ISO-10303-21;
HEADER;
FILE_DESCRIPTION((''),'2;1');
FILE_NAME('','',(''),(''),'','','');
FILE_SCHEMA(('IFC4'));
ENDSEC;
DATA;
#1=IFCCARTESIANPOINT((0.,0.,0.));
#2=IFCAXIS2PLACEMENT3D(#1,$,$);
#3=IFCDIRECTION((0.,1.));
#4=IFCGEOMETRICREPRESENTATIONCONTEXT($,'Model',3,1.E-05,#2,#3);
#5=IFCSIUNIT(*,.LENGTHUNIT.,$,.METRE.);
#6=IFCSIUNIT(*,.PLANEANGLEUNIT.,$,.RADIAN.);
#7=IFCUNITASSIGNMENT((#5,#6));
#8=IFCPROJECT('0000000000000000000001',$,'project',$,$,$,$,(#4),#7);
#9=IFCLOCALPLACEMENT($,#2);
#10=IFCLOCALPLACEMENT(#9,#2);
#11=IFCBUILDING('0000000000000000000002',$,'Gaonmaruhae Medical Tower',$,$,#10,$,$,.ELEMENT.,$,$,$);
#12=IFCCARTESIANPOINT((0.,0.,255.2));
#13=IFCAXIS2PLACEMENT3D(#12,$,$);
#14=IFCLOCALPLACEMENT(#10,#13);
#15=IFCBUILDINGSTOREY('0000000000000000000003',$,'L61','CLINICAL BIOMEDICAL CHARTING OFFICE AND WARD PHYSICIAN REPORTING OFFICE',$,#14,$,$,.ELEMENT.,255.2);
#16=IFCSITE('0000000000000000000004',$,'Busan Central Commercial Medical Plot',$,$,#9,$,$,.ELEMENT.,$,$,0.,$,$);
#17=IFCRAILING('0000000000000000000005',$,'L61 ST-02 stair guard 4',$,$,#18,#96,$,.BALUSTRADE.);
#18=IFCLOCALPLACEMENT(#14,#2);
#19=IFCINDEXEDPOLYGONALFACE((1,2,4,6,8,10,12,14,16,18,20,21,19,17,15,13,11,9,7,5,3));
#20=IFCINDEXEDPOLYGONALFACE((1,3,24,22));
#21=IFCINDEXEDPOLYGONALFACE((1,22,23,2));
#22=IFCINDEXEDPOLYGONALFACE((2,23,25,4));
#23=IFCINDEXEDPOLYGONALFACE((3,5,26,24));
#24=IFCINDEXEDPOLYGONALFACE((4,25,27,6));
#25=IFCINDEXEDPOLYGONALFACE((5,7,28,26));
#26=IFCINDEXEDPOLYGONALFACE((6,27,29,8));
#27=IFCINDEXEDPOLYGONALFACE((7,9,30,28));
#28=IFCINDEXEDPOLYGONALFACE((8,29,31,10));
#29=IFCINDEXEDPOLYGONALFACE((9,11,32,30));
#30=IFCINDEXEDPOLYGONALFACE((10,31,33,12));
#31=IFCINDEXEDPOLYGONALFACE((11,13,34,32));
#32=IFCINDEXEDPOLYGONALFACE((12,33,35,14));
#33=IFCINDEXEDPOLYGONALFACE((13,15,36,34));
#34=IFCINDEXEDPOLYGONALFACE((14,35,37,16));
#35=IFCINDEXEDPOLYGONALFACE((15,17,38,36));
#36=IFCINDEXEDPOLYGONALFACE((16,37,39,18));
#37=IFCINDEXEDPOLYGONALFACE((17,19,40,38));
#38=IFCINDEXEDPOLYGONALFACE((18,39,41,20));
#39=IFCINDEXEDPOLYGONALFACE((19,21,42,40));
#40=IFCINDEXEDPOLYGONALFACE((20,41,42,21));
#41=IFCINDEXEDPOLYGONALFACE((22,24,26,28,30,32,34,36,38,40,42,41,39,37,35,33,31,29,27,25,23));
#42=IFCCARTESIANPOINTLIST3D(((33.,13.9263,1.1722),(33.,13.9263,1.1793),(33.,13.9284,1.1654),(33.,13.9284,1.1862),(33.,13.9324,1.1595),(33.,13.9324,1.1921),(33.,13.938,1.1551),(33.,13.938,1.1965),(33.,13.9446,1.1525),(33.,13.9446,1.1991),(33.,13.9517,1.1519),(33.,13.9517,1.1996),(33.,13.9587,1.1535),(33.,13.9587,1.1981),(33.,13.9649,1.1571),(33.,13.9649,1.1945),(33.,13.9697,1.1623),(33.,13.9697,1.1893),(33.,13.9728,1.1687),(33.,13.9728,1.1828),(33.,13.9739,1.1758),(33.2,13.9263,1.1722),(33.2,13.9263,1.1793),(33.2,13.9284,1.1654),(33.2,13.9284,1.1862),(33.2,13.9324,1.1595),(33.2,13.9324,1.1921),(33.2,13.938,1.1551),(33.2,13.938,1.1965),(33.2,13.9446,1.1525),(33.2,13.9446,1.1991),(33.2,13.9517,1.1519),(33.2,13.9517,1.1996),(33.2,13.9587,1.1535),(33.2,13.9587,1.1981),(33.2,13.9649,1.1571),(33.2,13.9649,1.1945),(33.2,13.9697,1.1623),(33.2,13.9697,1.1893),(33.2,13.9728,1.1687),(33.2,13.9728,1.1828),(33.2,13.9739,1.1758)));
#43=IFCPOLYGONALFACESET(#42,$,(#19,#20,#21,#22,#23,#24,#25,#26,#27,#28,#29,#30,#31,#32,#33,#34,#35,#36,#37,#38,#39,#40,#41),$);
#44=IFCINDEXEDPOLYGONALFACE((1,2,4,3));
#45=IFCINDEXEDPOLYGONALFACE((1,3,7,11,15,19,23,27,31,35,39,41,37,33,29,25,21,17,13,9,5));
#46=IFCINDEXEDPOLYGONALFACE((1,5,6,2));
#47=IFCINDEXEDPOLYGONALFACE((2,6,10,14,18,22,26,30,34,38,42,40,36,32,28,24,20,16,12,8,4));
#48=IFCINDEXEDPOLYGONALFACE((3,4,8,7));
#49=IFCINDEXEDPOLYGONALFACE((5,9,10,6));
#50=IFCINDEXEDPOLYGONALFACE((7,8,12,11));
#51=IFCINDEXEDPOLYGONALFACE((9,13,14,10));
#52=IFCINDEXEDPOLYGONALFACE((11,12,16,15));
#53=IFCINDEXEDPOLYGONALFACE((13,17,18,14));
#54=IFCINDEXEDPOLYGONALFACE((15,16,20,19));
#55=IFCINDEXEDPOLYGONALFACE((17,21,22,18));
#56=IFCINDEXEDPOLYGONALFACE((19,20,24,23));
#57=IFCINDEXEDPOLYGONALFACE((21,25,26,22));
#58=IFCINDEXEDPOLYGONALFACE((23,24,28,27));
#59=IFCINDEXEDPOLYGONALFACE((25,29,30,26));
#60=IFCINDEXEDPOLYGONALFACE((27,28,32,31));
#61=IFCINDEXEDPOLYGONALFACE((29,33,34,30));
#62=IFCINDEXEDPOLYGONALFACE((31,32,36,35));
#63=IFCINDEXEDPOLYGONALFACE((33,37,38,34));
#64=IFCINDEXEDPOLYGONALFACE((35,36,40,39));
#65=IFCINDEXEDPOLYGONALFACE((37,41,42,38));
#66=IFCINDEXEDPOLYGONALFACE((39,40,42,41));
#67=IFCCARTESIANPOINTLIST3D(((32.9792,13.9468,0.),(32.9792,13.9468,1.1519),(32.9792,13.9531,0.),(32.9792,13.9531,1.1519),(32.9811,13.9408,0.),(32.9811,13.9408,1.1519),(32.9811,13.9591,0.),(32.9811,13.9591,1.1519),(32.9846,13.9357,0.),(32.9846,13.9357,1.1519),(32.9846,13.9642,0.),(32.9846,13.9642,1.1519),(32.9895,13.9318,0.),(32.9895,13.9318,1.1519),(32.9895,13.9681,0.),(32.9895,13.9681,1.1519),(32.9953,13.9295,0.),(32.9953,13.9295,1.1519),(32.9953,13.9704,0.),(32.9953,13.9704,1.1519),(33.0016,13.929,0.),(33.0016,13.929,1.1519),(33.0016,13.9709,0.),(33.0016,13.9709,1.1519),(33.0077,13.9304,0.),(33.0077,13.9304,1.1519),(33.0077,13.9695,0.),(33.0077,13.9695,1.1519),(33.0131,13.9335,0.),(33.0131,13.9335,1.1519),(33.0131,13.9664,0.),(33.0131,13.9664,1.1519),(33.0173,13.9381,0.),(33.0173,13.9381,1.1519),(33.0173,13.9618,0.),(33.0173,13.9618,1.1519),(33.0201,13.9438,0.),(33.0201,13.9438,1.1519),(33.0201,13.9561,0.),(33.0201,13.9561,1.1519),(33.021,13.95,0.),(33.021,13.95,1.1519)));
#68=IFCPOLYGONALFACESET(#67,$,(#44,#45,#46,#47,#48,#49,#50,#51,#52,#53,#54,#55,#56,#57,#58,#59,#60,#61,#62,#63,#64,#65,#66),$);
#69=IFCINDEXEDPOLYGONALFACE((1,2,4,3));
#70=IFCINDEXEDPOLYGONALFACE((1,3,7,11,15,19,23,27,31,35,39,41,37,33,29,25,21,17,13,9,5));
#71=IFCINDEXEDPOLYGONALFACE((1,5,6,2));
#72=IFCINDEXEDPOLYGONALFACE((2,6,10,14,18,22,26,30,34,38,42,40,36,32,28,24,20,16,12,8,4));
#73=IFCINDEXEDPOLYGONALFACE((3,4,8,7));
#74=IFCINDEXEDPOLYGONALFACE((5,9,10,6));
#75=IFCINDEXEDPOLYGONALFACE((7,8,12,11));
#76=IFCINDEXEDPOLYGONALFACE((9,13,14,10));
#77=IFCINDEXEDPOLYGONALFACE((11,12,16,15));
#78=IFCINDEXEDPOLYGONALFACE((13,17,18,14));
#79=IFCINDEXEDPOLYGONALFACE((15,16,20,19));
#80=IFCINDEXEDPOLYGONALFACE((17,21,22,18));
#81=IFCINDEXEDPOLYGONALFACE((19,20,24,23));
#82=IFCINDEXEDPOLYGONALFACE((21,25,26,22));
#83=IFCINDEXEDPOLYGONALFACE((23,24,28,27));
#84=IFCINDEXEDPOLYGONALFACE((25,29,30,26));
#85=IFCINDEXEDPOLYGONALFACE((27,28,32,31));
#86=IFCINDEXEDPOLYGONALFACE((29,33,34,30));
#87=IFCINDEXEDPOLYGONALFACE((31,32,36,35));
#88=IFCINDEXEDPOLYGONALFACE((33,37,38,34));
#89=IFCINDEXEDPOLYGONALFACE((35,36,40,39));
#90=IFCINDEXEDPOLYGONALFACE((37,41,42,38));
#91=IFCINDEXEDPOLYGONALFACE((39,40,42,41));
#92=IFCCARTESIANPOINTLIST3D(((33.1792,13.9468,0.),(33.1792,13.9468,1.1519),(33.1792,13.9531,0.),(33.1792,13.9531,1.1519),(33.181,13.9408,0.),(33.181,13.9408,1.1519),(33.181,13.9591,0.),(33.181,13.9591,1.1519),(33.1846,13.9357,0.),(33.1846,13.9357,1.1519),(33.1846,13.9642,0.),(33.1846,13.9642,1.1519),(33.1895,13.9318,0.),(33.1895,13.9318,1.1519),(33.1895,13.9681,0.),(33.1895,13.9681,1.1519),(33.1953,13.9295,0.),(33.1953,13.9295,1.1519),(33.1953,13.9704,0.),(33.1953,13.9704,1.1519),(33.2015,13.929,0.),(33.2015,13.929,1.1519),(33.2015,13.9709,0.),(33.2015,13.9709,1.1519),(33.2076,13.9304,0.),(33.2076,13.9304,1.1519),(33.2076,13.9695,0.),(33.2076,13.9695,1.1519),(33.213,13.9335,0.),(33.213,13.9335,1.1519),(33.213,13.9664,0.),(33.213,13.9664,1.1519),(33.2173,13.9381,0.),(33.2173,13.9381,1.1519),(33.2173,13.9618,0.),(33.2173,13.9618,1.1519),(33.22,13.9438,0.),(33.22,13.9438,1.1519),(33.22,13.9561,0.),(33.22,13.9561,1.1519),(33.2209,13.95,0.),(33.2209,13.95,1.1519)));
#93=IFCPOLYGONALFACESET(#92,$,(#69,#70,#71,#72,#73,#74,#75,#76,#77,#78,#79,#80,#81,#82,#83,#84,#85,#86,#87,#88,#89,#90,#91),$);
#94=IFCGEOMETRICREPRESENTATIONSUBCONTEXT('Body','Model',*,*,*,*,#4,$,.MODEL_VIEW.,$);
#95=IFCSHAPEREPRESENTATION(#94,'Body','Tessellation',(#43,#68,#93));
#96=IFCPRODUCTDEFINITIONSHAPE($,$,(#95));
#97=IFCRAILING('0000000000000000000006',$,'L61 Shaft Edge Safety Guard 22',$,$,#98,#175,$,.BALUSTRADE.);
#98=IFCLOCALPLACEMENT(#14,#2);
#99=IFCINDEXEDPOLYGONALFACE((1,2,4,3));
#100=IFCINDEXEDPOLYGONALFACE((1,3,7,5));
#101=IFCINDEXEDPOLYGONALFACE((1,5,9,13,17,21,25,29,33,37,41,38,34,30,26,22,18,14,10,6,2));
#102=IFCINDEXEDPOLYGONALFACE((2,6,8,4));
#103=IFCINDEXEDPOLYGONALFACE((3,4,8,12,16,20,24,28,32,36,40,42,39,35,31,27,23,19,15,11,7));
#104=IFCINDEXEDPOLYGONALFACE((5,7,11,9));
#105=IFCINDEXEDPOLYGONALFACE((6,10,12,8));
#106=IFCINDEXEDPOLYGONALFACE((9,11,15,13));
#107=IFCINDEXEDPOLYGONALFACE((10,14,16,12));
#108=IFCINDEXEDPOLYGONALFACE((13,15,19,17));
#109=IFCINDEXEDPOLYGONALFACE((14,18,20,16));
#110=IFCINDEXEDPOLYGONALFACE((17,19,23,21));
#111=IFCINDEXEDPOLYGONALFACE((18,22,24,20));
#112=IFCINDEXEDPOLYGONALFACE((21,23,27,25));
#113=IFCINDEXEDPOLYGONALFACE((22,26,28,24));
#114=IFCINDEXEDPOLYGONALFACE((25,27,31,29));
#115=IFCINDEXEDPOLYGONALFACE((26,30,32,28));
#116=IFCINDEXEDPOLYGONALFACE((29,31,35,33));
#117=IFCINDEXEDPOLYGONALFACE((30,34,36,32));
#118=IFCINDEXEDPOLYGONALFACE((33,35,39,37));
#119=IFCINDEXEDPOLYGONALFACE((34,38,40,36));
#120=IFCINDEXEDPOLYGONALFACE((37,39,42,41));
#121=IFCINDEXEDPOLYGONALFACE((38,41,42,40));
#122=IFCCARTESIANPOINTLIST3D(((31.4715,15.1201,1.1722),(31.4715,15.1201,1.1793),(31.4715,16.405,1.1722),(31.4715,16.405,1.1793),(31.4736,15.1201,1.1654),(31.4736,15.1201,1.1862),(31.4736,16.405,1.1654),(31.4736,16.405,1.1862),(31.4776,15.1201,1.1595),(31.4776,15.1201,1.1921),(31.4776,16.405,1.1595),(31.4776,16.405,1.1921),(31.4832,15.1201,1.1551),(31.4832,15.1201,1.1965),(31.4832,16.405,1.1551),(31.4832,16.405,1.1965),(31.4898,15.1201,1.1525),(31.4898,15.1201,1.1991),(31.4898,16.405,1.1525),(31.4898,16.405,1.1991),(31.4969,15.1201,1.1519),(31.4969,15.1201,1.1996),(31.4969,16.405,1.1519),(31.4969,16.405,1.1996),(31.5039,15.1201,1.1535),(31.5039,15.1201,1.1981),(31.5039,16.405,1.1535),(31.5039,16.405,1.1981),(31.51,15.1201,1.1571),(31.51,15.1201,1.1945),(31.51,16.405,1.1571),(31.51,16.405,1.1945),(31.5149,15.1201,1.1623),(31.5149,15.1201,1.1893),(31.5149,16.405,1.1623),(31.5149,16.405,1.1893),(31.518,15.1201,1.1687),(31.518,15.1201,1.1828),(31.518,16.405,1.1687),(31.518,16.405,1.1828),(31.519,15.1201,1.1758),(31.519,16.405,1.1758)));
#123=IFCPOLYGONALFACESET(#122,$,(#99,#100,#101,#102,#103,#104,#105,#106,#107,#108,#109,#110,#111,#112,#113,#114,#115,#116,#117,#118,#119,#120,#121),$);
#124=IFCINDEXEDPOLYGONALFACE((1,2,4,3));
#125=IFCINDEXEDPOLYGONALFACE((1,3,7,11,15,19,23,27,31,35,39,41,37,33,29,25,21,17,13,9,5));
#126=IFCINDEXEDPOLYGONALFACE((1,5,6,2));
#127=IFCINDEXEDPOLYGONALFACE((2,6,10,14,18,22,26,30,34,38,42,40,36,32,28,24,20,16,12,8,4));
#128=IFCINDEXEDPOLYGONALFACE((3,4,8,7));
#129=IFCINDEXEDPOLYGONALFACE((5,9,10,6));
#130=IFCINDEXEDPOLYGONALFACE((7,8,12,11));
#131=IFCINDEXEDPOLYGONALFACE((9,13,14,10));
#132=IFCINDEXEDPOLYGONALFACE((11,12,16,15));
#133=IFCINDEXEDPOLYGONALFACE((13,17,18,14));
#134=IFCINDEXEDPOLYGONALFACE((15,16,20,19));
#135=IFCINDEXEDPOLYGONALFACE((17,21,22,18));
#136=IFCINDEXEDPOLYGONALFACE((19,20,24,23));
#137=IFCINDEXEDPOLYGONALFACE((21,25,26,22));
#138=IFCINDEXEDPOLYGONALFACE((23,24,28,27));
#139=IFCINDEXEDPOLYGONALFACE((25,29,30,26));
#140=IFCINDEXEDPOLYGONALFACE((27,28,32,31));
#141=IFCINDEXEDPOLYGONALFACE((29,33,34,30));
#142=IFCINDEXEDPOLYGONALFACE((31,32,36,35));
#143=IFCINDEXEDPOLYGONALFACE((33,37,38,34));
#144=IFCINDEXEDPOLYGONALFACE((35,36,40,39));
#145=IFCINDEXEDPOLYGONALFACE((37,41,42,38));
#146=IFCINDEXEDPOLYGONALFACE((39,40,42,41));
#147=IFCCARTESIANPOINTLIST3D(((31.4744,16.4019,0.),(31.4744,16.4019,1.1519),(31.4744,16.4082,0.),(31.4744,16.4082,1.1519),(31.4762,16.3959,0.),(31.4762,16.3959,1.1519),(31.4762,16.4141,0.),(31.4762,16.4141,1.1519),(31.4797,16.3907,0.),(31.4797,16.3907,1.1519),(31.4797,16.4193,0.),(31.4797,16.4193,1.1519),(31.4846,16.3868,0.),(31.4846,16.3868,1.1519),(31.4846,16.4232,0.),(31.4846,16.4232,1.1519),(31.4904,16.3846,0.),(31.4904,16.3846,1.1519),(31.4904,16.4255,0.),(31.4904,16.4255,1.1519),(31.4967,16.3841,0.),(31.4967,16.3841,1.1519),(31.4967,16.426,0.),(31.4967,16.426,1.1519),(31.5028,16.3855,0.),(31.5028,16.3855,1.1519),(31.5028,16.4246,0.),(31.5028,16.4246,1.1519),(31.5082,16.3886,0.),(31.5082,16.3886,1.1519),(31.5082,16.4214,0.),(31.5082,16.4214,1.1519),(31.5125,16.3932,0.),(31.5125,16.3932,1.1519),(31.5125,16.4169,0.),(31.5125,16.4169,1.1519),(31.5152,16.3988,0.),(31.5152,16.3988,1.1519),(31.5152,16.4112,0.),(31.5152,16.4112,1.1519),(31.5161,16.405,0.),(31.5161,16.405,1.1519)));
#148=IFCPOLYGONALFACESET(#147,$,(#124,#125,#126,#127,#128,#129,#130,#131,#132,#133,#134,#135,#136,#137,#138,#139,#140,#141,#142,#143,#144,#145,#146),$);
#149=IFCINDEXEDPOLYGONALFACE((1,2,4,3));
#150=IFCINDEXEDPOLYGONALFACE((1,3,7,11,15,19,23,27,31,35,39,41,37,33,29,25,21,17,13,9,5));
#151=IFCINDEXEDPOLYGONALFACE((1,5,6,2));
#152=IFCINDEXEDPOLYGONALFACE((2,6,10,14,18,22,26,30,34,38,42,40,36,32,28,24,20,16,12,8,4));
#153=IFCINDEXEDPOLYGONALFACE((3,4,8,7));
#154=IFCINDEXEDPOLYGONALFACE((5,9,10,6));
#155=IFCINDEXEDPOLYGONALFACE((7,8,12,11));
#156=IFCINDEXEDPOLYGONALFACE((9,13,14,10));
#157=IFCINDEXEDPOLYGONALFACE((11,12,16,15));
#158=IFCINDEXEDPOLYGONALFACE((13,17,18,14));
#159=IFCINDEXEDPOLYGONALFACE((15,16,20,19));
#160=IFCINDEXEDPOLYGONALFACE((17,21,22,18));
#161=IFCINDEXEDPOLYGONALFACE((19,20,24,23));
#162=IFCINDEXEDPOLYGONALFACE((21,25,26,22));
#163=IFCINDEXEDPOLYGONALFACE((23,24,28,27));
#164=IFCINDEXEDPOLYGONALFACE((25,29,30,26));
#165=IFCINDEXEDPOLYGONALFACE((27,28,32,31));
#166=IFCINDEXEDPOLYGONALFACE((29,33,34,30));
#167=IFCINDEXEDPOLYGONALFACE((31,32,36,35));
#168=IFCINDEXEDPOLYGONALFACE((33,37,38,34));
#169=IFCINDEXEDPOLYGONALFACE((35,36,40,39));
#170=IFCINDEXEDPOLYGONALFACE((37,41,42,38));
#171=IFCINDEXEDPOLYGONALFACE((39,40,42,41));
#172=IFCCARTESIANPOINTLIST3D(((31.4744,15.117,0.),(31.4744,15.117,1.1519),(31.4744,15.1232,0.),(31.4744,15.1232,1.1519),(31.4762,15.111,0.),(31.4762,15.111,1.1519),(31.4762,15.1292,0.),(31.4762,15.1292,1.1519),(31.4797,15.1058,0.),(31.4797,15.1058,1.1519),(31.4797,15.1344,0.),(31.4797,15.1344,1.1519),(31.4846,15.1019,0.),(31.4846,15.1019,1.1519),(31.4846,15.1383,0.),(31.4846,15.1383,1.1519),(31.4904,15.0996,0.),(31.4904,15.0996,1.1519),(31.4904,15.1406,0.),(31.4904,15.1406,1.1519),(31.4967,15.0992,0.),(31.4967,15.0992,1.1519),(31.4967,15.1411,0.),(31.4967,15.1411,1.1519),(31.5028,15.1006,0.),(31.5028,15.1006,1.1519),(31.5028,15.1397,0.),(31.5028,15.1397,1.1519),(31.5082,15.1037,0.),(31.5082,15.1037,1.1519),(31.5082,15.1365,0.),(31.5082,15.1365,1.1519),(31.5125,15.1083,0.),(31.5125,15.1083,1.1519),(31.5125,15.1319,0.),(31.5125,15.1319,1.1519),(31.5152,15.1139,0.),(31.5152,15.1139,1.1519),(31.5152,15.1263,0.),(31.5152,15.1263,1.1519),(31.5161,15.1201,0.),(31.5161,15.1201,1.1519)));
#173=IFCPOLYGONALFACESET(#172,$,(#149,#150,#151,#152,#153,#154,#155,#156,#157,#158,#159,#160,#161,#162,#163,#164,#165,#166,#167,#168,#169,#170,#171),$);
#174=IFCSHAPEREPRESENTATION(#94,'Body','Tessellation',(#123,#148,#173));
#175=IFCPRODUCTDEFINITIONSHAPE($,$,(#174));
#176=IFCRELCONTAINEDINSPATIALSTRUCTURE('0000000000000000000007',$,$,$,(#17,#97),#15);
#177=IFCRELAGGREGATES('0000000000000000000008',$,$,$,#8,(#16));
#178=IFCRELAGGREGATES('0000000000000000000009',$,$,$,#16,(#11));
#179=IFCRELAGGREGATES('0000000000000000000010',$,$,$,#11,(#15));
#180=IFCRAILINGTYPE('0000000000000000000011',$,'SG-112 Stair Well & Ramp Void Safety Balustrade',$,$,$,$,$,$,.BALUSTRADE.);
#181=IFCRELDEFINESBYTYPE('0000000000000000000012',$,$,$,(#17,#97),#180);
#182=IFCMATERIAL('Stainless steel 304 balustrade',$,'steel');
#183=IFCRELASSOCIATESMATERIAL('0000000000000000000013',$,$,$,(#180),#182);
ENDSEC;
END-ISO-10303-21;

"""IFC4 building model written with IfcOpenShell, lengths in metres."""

from ifc_helpers import new_model, si_unit, direction, frame, origin, origin_2d, place, context, subcontext, project, spatial, circle, extrude, material, type_object, element, save


model = new_model("IFC4")

# Units and contexts
model_context = context("Model", 3, precision=1e-05, world=origin(), true_north=direction((0.0, 1.0)))
body_context = subcontext(model_context, "Body", "Model", "MODEL_VIEW")
ifc_project = project(units=[si_unit("LENGTHUNIT", "METRE"), si_unit("PLANEANGLEUNIT", "RADIAN")], contexts=[model_context])

# Site, building, storey
site_placement = place(None, origin())
site = spatial("IfcSite", under=ifc_project, at=site_placement, Name="Busan Central Commercial Medical Plot", CompositionType="ELEMENT", RefElevation=0.0)
building_placement = place(site_placement, origin())
building = spatial("IfcBuilding", under=site, at=building_placement, Name="Gaonmaruhae Medical Tower", CompositionType="ELEMENT")
storey_placement = place(building_placement, frame((0.0, 0.0, 255.2)))
storey = spatial("IfcBuildingStorey", under=building, at=storey_placement, Name="L61", Description="CLINICAL BIOMEDICAL CHARTING OFFICE AND WARD PHYSICIAN REPORTING OFFICE", CompositionType="ELEMENT", Elevation=255.2)

# Railings
ifc_material_1 = material(Name="Stainless steel 304 balustrade", Category="steel")
railing_type_1 = type_object("IfcRailingType", Name="SG-112 Stair Well & Ramp Void Safety Balustrade", PredefinedType="BALUSTRADE", material=ifc_material_1)
railing_1_placement = place(storey_placement, frame((33.0, 13.95, 0.0)))
element("IfcRailing", 1, at=railing_1_placement, inside=storey, type_object=railing_type_1, Name="L61 ST-02 stair guard 4", PredefinedType="BALUSTRADE", context=body_context, shape_type="SweptSolid", body=[
    extrude(circle(Radius=0.0239, at=origin_2d()), frame((0.0, 0.0, 1.1758), z_axis=(1.0, 0.0, 0.0), x_axis=(0.0, 1.0, 0.0)), (0.0, 0.0, 1.0), 0.2),
    extrude(circle(Radius=0.021, at=origin_2d()), origin(), (0.0, 0.0, 1.0), 1.1519),
    extrude(circle(Radius=0.021, at=origin_2d()), frame((0.2, 0.0, 0.0)), (0.0, 0.0, 1.0), 1.1519),
])
railing_2_placement = place(storey_placement, frame((31.4951, 16.405, 0.0)))
element("IfcRailing", 2, at=railing_2_placement, inside=storey, type_object=railing_type_1, Name="L61 Shaft Edge Safety Guard 22", PredefinedType="BALUSTRADE", context=body_context, shape_type="SweptSolid", body=[
    extrude(circle(Radius=0.0239, at=origin_2d()), frame((0.0, 0.0, 1.1758), z_axis=(0.0, -1.0, 0.0), x_axis=(1.0, 0.0, 0.0)), (0.0, 0.0, 1.0), 1.2849),
    extrude(circle(Radius=0.021, at=origin_2d()), origin(), (0.0, 0.0, 1.0), 1.1519),
    extrude(circle(Radius=0.021, at=origin_2d()), frame((0.0, -1.2849, 0.0)), (0.0, 0.0, 1.0), 1.1519),
])

save(model, "model.ifc")
